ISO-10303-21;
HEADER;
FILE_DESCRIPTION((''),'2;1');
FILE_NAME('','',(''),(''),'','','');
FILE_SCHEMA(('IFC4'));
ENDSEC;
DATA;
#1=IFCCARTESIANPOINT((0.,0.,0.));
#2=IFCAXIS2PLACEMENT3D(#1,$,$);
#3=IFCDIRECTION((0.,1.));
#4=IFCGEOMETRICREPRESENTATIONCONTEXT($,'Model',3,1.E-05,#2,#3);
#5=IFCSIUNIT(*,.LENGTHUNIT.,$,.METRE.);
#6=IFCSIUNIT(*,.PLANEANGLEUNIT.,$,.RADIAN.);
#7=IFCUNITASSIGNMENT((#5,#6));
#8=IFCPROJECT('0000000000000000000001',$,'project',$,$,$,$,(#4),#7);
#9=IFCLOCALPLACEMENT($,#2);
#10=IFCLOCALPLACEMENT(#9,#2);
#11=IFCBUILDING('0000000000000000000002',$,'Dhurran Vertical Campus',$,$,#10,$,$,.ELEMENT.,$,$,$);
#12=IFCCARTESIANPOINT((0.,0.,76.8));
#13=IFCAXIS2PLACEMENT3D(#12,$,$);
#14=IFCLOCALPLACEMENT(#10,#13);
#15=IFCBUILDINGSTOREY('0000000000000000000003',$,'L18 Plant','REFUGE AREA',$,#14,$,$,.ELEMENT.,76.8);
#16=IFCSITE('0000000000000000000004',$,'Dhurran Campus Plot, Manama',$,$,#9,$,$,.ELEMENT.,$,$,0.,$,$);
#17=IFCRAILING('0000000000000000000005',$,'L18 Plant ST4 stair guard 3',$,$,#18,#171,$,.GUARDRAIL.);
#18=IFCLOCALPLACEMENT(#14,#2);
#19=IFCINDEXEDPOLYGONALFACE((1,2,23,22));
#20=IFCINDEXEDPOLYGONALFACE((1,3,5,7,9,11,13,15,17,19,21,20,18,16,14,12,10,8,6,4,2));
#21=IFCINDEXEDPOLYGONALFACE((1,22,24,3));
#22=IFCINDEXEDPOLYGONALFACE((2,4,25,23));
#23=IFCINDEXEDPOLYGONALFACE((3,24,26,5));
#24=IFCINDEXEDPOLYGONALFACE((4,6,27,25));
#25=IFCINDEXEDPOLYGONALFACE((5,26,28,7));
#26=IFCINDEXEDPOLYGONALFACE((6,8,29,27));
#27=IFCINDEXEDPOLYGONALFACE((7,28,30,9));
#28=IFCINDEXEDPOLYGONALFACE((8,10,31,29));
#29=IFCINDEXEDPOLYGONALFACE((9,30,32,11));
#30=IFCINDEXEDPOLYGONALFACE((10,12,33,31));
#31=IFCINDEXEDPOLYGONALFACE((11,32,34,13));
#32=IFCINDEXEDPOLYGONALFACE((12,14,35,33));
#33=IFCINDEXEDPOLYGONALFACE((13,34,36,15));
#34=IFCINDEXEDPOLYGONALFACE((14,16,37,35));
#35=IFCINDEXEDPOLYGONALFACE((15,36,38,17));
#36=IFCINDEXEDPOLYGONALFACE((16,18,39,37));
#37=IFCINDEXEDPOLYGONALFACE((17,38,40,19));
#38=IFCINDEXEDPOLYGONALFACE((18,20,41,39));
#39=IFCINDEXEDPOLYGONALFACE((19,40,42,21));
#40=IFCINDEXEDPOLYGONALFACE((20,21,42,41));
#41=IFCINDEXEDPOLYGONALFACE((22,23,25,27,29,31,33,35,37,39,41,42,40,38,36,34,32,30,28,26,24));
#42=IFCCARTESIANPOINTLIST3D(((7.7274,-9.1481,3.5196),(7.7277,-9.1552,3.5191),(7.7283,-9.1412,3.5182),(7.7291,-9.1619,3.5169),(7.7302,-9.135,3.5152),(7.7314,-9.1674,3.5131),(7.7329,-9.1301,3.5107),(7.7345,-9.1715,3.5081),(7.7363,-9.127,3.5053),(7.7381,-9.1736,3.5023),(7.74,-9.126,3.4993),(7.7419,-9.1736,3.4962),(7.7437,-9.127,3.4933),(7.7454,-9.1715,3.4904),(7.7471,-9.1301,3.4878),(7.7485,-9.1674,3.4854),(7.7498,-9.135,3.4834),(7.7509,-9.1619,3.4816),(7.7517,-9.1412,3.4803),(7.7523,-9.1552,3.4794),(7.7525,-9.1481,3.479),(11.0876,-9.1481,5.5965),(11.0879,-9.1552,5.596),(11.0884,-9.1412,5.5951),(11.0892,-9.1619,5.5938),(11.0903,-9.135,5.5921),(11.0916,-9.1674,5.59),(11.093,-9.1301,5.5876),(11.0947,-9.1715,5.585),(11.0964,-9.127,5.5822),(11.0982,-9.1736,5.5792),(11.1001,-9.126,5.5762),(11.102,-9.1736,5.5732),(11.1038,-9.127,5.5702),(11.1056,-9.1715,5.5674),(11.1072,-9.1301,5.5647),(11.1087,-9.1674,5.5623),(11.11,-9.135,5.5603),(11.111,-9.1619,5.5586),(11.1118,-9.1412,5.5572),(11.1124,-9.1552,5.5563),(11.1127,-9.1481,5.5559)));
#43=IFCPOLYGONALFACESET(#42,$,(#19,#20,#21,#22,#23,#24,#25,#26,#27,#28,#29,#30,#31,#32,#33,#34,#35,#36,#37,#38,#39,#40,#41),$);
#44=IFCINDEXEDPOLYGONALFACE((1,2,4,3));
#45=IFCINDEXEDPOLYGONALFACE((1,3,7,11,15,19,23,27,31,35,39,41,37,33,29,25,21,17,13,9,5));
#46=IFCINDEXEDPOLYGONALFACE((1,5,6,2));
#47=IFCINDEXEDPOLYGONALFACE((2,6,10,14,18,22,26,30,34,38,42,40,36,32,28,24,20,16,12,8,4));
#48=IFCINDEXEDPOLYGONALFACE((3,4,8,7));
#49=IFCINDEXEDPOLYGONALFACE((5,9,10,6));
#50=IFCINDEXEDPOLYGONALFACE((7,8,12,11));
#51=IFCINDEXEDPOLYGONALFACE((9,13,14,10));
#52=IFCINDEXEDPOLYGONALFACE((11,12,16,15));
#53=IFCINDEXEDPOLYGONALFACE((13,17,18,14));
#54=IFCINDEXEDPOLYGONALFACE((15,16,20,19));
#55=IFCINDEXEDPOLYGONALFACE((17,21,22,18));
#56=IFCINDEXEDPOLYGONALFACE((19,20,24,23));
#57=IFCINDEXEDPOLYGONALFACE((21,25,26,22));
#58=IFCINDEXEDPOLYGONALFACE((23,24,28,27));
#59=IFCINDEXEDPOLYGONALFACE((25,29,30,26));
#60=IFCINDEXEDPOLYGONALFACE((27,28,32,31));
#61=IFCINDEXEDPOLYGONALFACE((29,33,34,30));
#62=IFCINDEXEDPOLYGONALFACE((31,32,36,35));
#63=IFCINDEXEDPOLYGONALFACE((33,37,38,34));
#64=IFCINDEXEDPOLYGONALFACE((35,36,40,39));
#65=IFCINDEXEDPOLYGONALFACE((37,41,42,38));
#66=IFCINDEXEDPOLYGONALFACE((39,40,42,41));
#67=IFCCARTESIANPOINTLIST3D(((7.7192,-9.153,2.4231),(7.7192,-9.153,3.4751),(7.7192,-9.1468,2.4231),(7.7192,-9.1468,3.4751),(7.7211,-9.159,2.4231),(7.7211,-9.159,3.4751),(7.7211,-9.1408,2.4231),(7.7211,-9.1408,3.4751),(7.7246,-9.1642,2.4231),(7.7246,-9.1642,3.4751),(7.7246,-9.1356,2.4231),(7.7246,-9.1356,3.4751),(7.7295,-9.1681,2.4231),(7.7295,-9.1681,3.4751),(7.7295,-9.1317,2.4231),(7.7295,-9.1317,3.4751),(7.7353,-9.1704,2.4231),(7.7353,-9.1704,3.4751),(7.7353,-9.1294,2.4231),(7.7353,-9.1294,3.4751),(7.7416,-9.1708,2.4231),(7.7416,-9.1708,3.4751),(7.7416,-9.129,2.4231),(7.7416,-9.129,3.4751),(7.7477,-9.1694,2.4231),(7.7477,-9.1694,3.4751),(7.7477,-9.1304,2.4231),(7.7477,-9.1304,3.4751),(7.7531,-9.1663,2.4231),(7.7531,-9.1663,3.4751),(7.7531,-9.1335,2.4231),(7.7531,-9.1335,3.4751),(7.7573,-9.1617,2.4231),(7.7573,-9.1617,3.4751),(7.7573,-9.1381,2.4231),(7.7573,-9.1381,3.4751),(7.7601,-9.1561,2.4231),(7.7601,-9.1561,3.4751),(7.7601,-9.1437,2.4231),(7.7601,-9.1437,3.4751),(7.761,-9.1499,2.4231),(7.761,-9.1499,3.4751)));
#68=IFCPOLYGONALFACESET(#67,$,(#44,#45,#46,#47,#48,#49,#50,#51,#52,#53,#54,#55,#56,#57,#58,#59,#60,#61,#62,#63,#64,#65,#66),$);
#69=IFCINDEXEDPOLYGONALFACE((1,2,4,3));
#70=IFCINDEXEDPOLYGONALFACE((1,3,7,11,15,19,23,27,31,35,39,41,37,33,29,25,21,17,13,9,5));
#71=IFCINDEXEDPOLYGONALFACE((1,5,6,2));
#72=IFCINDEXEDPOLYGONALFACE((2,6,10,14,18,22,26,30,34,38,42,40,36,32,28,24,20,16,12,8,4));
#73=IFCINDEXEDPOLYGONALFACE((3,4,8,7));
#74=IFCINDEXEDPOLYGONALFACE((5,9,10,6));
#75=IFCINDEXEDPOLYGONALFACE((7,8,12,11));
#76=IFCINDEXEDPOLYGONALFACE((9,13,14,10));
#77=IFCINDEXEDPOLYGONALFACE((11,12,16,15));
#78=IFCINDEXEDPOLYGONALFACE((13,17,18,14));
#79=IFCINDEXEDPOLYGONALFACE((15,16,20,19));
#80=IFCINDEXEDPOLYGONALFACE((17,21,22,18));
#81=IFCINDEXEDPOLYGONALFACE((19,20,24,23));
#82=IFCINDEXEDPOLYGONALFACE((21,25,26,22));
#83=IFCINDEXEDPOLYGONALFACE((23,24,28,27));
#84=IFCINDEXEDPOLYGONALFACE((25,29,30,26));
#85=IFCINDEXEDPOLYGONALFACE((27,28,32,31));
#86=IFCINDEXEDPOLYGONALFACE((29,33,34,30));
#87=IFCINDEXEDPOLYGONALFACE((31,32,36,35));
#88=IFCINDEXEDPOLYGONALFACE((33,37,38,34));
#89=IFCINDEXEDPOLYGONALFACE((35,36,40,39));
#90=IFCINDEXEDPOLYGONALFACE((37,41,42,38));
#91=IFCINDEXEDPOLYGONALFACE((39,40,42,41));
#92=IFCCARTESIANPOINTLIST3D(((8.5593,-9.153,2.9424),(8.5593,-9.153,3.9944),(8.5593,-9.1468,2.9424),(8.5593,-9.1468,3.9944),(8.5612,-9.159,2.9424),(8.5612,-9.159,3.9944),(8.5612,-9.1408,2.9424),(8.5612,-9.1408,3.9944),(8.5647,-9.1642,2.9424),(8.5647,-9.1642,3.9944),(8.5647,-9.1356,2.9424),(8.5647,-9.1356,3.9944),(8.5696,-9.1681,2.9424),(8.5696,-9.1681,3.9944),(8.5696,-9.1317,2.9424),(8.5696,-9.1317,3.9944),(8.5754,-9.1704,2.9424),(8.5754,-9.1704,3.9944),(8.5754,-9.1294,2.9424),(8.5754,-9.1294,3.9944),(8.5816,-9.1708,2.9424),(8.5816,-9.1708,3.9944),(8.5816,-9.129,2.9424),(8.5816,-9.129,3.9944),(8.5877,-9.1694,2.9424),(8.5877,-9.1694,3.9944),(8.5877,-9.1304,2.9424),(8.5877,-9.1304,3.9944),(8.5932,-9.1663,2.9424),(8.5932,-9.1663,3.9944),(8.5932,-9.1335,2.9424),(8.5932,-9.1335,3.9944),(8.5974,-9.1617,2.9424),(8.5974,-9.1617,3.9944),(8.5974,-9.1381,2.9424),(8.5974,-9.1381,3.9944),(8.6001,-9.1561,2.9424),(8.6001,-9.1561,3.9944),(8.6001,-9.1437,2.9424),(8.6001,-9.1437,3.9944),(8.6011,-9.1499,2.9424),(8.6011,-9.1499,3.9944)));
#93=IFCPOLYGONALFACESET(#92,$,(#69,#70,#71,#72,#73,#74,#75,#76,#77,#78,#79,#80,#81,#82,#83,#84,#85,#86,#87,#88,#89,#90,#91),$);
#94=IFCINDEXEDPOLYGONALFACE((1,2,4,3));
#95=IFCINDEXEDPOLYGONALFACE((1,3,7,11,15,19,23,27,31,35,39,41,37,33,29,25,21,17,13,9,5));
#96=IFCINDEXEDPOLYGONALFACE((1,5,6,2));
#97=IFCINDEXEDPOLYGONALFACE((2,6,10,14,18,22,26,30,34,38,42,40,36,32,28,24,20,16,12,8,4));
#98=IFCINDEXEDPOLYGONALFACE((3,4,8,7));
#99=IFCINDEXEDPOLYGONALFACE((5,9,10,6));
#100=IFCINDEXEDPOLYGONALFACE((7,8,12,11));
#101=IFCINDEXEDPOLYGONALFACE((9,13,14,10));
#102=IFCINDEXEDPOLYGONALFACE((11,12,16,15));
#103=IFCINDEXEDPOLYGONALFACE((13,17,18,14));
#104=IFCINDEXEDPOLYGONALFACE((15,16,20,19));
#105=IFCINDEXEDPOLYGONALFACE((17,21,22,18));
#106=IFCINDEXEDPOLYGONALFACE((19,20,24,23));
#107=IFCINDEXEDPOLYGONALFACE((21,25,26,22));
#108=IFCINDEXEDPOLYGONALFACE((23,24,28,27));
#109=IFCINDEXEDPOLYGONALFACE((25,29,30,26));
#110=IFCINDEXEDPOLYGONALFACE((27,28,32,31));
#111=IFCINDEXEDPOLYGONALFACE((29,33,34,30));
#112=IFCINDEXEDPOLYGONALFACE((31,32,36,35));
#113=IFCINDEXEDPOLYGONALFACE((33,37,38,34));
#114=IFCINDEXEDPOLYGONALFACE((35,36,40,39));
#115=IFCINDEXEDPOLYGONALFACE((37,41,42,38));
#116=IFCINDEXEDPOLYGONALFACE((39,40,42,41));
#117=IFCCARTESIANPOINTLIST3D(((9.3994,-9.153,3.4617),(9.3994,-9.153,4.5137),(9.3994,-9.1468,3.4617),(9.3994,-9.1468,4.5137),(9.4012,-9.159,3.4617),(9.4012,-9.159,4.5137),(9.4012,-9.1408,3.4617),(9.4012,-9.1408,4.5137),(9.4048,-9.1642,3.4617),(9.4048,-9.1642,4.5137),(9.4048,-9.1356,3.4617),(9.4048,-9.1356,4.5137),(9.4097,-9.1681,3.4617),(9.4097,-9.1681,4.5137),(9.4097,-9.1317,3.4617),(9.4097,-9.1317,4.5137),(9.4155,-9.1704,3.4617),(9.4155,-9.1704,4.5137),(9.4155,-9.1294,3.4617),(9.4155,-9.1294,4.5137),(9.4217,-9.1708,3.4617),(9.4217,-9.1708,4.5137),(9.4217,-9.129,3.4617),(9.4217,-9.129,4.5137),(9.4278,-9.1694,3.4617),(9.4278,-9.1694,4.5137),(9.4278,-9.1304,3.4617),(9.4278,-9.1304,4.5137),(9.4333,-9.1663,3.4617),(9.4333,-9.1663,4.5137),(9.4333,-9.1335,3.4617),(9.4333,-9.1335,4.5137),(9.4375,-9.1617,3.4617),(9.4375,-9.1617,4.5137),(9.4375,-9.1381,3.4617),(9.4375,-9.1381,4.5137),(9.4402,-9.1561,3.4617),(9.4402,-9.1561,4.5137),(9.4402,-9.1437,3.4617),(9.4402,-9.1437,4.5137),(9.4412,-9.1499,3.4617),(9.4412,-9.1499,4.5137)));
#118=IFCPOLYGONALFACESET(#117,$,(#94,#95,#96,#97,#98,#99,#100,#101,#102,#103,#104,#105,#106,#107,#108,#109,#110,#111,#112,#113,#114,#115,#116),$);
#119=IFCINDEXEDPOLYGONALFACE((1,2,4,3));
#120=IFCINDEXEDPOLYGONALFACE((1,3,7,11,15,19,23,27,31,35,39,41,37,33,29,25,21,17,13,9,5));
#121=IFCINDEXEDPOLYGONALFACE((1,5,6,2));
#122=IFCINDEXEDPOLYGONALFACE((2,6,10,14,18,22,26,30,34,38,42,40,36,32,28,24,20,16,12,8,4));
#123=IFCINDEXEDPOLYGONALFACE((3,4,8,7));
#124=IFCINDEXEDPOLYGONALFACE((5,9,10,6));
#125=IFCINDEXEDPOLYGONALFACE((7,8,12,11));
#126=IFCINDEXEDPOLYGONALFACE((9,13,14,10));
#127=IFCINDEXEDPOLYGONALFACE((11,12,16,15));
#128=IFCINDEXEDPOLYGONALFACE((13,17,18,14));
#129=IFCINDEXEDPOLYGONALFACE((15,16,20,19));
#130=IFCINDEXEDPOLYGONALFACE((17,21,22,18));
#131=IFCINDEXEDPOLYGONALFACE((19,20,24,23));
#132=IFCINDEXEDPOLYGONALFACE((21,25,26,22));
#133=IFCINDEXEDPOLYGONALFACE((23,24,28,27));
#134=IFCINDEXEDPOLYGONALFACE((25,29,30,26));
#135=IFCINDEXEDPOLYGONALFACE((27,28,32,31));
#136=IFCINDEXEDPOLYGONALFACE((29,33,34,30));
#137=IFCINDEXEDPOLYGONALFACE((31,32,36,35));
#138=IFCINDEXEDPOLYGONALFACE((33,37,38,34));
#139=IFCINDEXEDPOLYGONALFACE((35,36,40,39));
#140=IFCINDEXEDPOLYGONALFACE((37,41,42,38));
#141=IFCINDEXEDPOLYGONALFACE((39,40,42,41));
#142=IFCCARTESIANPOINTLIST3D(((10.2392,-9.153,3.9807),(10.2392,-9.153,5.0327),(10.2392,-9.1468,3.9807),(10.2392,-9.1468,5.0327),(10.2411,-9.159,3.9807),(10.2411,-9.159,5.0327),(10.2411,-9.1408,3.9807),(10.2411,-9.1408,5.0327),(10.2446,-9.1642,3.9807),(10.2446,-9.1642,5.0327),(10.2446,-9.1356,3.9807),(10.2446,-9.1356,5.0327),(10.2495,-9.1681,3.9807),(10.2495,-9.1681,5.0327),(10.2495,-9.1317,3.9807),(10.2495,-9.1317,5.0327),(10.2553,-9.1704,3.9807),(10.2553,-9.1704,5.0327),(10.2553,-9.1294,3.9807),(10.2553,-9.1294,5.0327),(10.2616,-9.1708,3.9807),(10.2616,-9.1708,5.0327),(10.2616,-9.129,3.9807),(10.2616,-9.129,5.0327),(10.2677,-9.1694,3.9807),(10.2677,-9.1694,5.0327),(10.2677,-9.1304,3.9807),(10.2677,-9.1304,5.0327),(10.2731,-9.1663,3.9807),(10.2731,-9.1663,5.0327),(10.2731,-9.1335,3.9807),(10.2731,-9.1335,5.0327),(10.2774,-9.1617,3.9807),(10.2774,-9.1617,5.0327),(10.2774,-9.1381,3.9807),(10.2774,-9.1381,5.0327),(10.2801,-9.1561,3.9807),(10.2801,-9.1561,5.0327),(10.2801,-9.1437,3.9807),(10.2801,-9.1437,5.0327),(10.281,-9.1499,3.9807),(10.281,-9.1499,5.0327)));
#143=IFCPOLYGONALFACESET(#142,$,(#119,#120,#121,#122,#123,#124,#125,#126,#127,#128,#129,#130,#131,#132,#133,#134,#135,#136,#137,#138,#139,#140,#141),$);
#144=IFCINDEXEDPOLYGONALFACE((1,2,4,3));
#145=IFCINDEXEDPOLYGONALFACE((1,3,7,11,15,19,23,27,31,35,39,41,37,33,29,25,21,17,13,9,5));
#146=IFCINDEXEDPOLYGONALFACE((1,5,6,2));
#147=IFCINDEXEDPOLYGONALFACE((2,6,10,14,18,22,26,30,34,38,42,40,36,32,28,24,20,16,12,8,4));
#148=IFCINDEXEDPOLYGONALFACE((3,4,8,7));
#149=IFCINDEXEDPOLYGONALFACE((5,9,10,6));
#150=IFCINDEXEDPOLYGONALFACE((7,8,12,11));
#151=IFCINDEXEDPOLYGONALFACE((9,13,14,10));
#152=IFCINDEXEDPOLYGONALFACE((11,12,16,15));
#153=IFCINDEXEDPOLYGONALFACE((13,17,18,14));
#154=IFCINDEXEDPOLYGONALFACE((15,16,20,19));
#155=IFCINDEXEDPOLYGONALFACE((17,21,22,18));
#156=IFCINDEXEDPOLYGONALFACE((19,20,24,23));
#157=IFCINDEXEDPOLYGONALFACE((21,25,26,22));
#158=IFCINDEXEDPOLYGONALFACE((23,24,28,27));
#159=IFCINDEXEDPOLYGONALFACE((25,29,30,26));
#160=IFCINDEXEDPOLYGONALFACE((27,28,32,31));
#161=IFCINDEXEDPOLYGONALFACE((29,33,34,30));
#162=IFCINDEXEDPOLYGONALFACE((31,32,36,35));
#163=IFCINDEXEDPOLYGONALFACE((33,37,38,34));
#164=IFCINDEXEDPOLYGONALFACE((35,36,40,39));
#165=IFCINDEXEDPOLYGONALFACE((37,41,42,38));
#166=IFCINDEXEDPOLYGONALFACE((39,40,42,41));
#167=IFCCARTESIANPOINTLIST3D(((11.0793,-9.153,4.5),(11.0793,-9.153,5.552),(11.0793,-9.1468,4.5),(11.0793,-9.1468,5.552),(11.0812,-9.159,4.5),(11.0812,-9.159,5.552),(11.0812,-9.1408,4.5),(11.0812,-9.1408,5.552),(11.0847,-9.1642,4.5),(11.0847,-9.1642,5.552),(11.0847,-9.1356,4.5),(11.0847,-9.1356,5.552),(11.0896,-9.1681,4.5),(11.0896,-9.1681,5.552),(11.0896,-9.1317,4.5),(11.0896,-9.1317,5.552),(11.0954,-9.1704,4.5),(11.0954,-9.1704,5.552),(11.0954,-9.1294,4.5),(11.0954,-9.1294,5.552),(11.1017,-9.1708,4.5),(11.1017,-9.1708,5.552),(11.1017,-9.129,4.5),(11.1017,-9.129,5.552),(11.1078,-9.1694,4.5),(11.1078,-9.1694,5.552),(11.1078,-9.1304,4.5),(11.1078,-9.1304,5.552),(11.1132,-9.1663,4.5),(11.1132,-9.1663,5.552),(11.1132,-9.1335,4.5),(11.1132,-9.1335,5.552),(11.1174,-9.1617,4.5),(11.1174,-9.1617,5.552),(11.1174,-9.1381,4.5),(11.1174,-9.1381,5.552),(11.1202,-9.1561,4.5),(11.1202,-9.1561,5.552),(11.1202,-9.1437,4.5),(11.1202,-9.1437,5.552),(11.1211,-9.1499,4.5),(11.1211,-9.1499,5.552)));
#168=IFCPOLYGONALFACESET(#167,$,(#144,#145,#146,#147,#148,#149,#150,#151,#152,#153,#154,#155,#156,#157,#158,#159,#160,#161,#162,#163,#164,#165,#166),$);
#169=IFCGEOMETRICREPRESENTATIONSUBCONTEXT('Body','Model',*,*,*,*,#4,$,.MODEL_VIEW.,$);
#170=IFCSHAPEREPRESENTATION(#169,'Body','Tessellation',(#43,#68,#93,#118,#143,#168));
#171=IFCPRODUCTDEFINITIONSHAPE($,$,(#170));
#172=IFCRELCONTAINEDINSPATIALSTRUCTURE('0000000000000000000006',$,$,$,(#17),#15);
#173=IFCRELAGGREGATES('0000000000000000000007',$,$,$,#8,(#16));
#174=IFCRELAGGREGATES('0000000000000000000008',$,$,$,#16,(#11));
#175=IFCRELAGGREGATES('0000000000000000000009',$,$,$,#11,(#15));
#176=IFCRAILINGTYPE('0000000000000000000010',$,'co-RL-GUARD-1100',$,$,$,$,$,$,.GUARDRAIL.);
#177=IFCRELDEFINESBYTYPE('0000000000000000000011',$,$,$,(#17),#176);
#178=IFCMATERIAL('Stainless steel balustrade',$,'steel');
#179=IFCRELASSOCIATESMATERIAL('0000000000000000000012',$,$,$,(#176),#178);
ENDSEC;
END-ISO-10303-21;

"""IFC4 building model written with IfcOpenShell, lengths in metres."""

from ifc_helpers import new_model, si_unit, direction, frame, origin, origin_2d, place, context, subcontext, project, spatial, circle, extrude, material, type_object, element, save


model = new_model("IFC4")

# Units and contexts
model_context = context("Model", 3, precision=1e-05, world=origin(), true_north=direction((0.0, 1.0)))
body_context = subcontext(model_context, "Body", "Model", "MODEL_VIEW")
ifc_project = project(units=[si_unit("LENGTHUNIT", "METRE"), si_unit("PLANEANGLEUNIT", "RADIAN")], contexts=[model_context])

# Site, building, storey
site_placement = place(None, origin())
site = spatial("IfcSite", under=ifc_project, at=site_placement, Name="Dhurran Campus Plot, Manama", CompositionType="ELEMENT", RefElevation=0.0)
building_placement = place(site_placement, origin())
building = spatial("IfcBuilding", under=site, at=building_placement, Name="Dhurran Vertical Campus", CompositionType="ELEMENT")
storey_placement = place(building_placement, frame((0.0, 0.0, 76.8)))
storey = spatial("IfcBuildingStorey", under=building, at=storey_placement, Name="L18 Plant", Description="REFUGE AREA", CompositionType="ELEMENT", Elevation=76.8)

# Railing
ifc_material_1 = material(Name="Stainless steel balustrade", Category="steel")
railing_type_1 = type_object("IfcRailingType", Name="co-RL-GUARD-1100", PredefinedType="GUARDRAIL", material=ifc_material_1)
railing_1_placement = place(storey_placement, frame((7.74, -9.1499, 2.4231)))
element("IfcRailing", 1, at=railing_1_placement, inside=storey, type_object=railing_type_1, Name="L18 Plant ST4 stair guard 3", PredefinedType="GUARDRAIL", context=body_context, shape_type="SweptSolid", body=[
    extrude(circle(Radius=0.0239, at=origin_2d()), frame((0.0, 0.0, 1.0762), z_axis=(0.850623, 0.0, 0.525776), x_axis=(0.0, 1.0, 0.0)), (0.0, 0.0, 1.0), 3.9502),
    extrude(circle(Radius=0.021, at=origin_2d()), origin(), (0.0, 0.0, 1.0), 1.052),
    extrude(circle(Radius=0.021, at=origin_2d()), frame((0.8401, 0.0, 0.5193)), (0.0, 0.0, 1.0), 1.052),
    extrude(circle(Radius=0.021, at=origin_2d()), frame((1.6802, 0.0, 1.0386)), (0.0, 0.0, 1.0), 1.052),
    extrude(circle(Radius=0.021, at=origin_2d()), frame((2.52, 0.0, 1.5576)), (0.0, 0.0, 1.0), 1.052),
    extrude(circle(Radius=0.021, at=origin_2d()), frame((3.3601, 0.0, 2.0769)), (0.0, 0.0, 1.0), 1.052),
])

save(model, "model.ifc")
